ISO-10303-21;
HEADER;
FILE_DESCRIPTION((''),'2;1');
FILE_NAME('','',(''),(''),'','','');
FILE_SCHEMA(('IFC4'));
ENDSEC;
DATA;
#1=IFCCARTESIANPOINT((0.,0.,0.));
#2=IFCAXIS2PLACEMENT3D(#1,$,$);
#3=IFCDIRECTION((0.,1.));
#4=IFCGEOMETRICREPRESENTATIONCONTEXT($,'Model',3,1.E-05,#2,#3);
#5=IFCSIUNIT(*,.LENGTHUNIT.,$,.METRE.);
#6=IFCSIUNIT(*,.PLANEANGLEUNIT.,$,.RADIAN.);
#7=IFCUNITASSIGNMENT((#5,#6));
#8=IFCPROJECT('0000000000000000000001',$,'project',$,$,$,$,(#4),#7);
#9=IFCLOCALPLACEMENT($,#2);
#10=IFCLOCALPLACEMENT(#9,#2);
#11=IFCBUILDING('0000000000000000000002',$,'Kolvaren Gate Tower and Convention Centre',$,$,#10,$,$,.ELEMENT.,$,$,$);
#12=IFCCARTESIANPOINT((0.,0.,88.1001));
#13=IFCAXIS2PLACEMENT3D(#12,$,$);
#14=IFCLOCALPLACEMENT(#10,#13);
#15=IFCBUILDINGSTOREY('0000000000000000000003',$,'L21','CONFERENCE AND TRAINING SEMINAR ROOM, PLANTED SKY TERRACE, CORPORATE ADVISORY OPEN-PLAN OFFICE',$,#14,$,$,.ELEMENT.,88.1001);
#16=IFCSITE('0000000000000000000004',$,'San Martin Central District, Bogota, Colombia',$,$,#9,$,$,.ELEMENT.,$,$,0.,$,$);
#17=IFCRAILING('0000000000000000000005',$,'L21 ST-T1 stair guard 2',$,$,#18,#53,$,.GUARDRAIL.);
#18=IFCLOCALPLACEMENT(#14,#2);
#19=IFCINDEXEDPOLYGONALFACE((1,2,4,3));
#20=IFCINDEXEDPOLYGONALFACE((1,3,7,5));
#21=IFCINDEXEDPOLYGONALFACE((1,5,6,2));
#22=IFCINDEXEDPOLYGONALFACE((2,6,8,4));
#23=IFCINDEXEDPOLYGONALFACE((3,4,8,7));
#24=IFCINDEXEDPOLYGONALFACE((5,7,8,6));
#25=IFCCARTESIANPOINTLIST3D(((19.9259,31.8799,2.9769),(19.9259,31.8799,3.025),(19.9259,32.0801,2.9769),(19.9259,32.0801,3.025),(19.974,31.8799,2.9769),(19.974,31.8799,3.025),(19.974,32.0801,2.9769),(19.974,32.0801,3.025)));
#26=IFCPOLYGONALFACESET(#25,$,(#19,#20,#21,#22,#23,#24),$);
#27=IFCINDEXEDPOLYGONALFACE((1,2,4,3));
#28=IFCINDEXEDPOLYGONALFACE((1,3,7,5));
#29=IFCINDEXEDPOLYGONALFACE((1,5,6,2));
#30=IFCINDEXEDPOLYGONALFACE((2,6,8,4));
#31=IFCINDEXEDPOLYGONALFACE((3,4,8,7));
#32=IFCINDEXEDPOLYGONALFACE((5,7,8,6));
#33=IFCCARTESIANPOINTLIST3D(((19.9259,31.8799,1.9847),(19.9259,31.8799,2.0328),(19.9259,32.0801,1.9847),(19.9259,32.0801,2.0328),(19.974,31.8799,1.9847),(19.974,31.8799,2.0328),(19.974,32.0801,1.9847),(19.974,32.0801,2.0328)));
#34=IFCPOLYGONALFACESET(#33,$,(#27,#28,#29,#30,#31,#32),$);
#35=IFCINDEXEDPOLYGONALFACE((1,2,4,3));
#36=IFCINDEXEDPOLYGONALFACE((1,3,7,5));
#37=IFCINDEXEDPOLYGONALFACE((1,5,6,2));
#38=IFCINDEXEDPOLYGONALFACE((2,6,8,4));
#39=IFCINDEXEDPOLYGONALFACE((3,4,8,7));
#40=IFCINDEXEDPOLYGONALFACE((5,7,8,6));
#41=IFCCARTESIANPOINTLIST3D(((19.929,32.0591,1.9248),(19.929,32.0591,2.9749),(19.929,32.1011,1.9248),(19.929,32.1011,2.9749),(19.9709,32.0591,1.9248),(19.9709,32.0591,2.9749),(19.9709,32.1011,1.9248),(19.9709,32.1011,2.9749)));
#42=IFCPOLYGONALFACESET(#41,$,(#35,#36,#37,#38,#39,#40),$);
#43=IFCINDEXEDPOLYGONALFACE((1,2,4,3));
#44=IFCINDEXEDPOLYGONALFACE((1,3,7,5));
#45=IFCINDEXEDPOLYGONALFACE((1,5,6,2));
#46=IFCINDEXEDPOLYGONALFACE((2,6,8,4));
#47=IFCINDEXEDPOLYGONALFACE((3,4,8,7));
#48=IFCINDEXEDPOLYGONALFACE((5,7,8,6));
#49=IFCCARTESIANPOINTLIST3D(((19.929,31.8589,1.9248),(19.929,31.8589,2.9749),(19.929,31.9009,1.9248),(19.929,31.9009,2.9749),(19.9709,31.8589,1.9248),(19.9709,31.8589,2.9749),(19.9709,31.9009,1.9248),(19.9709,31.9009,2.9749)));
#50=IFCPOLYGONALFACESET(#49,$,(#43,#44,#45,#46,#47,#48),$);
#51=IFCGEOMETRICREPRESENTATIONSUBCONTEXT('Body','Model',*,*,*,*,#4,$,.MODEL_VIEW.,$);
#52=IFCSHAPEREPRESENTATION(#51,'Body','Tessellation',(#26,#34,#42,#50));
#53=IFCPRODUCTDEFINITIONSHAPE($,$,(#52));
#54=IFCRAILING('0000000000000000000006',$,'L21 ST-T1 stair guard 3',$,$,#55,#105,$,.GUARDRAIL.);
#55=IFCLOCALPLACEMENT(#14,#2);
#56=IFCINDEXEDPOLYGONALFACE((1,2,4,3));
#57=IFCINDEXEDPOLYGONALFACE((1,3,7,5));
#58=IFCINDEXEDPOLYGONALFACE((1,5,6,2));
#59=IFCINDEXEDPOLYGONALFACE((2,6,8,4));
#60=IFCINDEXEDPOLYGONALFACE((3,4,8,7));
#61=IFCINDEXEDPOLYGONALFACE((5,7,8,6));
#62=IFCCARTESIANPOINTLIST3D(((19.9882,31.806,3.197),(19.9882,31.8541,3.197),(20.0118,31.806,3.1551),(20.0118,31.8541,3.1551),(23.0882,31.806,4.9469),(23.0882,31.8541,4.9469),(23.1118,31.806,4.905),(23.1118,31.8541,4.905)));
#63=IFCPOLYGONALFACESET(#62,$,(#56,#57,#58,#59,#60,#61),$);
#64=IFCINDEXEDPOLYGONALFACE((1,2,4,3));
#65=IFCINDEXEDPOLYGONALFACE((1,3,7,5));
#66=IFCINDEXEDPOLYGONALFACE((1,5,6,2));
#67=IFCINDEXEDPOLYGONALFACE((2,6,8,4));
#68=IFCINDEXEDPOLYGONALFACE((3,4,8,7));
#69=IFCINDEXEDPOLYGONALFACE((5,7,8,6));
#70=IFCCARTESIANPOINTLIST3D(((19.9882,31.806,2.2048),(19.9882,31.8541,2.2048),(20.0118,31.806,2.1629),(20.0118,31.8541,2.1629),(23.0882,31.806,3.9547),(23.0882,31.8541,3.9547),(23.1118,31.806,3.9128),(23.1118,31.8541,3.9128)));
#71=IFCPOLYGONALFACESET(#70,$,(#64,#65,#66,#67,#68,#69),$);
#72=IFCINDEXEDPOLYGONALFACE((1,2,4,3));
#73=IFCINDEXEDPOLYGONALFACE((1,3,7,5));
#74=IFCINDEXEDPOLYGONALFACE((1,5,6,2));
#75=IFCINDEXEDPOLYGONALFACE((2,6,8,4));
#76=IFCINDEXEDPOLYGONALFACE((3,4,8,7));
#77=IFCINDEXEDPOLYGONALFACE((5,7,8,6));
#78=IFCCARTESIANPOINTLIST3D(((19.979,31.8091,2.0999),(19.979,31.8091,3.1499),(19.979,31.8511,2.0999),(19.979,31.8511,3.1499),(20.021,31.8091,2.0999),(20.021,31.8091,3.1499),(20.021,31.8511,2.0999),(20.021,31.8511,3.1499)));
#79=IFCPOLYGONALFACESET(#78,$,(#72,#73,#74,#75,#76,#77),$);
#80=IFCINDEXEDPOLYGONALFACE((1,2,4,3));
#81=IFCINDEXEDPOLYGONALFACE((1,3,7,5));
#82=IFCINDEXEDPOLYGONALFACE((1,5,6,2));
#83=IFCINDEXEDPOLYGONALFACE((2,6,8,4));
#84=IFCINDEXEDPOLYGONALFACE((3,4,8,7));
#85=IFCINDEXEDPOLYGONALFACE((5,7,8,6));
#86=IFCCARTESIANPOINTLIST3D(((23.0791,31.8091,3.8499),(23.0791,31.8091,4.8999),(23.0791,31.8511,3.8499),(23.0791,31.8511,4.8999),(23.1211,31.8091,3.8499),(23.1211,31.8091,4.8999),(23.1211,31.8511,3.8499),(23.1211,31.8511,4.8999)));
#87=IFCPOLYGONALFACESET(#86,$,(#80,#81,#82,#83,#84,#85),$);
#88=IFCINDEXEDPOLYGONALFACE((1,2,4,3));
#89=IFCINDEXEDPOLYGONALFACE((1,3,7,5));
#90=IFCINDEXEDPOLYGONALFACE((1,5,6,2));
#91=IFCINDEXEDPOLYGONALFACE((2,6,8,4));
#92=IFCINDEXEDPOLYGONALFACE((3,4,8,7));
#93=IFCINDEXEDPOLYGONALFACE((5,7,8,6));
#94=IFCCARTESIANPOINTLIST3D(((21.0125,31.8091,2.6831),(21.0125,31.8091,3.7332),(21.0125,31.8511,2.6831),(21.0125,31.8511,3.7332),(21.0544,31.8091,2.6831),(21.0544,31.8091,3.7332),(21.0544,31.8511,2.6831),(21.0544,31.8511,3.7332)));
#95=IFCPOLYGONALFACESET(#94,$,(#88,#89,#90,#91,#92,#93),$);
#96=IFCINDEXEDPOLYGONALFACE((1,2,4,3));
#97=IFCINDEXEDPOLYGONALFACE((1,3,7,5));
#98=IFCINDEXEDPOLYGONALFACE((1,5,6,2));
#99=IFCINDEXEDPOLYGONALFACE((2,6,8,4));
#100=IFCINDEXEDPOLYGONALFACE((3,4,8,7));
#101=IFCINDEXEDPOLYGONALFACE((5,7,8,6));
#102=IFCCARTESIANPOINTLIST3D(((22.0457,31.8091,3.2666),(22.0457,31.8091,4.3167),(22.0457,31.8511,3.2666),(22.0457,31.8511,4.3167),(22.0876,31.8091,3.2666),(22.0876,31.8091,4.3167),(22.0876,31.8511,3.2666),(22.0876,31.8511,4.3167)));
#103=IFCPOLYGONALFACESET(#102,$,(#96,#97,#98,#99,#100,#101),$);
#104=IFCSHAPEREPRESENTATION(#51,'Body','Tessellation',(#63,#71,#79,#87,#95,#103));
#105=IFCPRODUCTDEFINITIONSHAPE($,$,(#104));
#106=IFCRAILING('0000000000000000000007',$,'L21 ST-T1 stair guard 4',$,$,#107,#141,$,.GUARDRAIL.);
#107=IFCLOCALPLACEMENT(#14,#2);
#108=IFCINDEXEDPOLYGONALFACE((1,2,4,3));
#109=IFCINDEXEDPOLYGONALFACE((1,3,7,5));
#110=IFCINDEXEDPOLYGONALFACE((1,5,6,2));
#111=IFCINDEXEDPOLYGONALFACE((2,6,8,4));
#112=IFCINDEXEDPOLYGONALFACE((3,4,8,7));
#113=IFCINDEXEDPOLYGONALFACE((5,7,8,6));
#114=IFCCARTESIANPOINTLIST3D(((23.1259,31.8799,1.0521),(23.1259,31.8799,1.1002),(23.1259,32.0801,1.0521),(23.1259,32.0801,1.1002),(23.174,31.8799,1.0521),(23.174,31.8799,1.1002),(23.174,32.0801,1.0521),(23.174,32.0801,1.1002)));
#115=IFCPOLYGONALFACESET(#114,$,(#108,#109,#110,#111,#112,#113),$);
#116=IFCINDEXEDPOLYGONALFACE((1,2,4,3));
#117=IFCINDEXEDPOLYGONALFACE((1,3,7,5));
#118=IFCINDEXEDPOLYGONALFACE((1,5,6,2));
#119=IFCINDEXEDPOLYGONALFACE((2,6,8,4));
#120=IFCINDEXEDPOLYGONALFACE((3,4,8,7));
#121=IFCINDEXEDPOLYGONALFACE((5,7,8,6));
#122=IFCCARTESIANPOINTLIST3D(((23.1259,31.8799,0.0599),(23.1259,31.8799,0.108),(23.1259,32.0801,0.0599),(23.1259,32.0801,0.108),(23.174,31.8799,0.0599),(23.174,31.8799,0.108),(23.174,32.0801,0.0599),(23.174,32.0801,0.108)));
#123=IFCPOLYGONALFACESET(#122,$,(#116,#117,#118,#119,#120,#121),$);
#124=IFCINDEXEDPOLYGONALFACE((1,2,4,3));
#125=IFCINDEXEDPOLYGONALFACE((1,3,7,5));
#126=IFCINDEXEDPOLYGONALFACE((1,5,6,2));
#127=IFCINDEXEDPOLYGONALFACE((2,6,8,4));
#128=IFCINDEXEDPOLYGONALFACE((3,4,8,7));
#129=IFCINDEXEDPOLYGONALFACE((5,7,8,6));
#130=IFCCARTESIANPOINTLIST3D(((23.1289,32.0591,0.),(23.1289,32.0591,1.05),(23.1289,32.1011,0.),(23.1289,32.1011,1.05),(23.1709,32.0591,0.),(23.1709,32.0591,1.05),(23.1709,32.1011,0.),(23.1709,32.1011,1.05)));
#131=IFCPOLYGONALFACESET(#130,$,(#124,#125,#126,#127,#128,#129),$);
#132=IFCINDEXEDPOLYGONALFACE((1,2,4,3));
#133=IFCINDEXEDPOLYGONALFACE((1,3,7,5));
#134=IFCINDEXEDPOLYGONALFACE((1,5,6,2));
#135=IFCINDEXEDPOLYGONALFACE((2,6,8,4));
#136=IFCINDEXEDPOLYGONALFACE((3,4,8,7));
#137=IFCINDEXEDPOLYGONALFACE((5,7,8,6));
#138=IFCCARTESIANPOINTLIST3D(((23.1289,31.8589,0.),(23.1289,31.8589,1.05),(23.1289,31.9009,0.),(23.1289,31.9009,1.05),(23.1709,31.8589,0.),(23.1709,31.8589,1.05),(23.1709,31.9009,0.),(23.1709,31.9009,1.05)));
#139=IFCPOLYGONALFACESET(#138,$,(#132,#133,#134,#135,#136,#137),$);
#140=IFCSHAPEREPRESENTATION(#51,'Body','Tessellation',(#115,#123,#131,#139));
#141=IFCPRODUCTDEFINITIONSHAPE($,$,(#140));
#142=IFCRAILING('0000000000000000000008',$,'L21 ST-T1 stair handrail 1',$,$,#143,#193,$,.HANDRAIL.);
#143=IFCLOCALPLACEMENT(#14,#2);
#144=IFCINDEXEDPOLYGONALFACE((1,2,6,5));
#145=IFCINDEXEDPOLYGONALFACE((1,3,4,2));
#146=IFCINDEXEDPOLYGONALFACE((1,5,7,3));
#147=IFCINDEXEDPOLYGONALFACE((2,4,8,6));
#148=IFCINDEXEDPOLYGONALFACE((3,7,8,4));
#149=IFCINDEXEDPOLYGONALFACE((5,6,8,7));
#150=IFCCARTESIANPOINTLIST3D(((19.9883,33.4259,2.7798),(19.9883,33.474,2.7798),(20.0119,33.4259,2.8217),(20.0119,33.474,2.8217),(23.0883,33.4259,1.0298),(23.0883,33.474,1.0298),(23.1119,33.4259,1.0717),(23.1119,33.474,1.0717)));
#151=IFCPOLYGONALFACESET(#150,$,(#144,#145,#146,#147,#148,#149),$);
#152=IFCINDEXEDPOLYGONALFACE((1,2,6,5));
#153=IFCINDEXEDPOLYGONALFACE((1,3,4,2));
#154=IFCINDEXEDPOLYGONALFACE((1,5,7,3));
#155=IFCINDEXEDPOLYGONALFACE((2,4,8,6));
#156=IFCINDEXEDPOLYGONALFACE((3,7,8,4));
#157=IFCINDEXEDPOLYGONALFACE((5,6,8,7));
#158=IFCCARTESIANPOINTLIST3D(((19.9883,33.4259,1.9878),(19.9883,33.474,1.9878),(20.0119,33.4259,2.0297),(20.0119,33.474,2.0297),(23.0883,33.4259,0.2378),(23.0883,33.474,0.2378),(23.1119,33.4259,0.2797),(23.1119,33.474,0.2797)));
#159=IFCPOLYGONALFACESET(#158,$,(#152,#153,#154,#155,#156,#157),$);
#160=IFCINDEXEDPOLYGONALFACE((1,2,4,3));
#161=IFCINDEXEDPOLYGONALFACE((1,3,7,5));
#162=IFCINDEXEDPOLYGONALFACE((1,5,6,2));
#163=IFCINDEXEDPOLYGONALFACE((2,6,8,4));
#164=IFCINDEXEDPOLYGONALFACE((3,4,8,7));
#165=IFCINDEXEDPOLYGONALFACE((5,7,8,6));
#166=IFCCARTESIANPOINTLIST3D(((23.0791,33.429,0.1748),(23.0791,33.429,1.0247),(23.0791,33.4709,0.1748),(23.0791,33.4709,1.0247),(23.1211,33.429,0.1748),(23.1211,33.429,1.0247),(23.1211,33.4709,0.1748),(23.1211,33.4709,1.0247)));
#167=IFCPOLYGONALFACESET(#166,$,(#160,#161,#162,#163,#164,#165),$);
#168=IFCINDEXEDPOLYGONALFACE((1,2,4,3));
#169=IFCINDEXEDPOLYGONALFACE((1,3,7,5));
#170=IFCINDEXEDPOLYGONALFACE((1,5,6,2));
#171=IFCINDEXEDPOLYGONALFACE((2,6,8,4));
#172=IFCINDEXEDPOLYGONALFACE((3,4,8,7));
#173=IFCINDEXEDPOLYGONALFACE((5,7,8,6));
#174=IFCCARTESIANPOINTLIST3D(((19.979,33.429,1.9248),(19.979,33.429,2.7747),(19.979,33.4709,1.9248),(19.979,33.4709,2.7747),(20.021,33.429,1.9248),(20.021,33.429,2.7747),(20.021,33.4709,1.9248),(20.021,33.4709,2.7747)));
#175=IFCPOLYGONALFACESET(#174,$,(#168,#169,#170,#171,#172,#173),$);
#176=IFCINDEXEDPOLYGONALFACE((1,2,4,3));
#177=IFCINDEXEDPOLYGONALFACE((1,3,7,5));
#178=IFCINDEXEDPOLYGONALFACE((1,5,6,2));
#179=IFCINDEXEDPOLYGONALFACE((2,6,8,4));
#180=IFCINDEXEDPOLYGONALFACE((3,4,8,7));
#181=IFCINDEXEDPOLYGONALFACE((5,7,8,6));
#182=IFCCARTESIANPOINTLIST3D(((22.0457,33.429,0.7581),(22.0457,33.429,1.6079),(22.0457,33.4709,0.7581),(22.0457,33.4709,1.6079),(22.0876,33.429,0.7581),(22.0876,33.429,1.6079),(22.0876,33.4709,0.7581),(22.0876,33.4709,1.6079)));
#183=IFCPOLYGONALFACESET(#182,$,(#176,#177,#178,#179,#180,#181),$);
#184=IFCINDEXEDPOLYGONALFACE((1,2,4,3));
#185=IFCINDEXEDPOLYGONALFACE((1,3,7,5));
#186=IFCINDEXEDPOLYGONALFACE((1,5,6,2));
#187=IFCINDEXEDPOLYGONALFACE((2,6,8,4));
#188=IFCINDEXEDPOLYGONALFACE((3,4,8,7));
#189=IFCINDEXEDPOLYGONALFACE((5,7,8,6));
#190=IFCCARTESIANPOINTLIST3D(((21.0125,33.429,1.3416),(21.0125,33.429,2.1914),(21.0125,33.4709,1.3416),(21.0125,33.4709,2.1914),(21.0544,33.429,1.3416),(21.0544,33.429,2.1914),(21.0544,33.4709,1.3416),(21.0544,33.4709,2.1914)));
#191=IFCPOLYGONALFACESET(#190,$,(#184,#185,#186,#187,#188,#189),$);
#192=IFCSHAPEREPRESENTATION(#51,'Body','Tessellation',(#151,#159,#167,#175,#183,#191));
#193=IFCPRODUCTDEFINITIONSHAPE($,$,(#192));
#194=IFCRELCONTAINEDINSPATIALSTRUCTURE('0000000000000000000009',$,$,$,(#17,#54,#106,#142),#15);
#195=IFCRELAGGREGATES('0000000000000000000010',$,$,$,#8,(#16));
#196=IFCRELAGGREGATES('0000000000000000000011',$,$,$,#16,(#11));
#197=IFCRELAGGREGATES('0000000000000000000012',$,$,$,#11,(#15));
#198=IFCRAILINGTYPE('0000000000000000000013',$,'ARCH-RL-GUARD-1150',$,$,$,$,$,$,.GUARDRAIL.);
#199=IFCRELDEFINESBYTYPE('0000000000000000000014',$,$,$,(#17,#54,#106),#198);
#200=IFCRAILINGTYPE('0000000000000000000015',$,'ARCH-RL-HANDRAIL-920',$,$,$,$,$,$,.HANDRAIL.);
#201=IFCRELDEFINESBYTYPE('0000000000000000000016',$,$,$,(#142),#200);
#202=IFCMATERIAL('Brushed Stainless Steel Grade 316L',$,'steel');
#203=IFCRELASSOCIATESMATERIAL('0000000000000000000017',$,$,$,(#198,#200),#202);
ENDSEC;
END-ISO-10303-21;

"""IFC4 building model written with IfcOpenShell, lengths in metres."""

from ifc_helpers import new_model, si_unit, direction, frame, origin, origin_2d, place, context, subcontext, project, spatial, rectangle, extrude, material, type_object, element, save


model = new_model("IFC4")

# Units and contexts
model_context = context("Model", 3, precision=1e-05, world=origin(), true_north=direction((0.0, 1.0)))
body_context = subcontext(model_context, "Body", "Model", "MODEL_VIEW")
ifc_project = project(units=[si_unit("LENGTHUNIT", "METRE"), si_unit("PLANEANGLEUNIT", "RADIAN")], contexts=[model_context])

# Site, building, storey
site_placement = place(None, origin())
site = spatial("IfcSite", under=ifc_project, at=site_placement, Name="San Martin Central District, Bogota, Colombia", CompositionType="ELEMENT", RefElevation=0.0)
building_placement = place(site_placement, origin())
building = spatial("IfcBuilding", under=site, at=building_placement, Name="Kolvaren Gate Tower and Convention Centre", CompositionType="ELEMENT")
storey_placement = place(building_placement, frame((0.0, 0.0, 88.1001)))
storey = spatial("IfcBuildingStorey", under=building, at=storey_placement, Name="L21", Description="CONFERENCE AND TRAINING SEMINAR ROOM, PLANTED SKY TERRACE, CORPORATE ADVISORY OPEN-PLAN OFFICE", CompositionType="ELEMENT", Elevation=88.1001)

# Shared definitions
ifc_material_1 = material(Name="Brushed Stainless Steel Grade 316L", Category="steel")

# Railings
railing_type_1 = type_object("IfcRailingType", Name="ARCH-RL-GUARD-1150", PredefinedType="GUARDRAIL", material=ifc_material_1)
railing_1_placement = place(storey_placement, frame((19.95, 32.0801, 1.9248)))
element("IfcRailing", 1, at=railing_1_placement, inside=storey, type_object=railing_type_1, Name="L21 ST-T1 stair guard 2", PredefinedType="GUARDRAIL", context=body_context, shape_type="SweptSolid", body=[
    extrude(rectangle(XDim=0.0481, YDim=0.0481, at=origin_2d()), frame((0.0, 0.0, 1.0762), z_axis=(0.0, -1.0, 0.0), x_axis=(1.0, 0.0, 0.0)), (0.0, 0.0, 1.0), 0.2002),
    extrude(rectangle(XDim=0.0481, YDim=0.0481, at=origin_2d()), frame((0.0, 0.0, 0.084), z_axis=(0.0, -1.0, 0.0), x_axis=(1.0, 0.0, 0.0)), (0.0, 0.0, 1.0), 0.2002),
    extrude(rectangle(XDim=0.042, YDim=0.042, at=origin_2d()), origin(), (0.0, 0.0, 1.0), 1.05),
    extrude(rectangle(XDim=0.042, YDim=0.042, at=origin_2d()), frame((0.0, -0.2002, 0.0)), (0.0, 0.0, 1.0), 1.05),
])
railing_2_placement = place(storey_placement, frame((20.0, 31.8301, 2.0999)))
element("IfcRailing", 2, at=railing_2_placement, inside=storey, type_object=railing_type_1, Name="L21 ST-T1 stair guard 3", PredefinedType="GUARDRAIL", context=body_context, shape_type="SweptSolid", body=[
    extrude(rectangle(XDim=0.0481, YDim=0.0481, at=origin_2d()), frame((0.0, 0.0, 1.0762), z_axis=(0.870831, 0.0, 0.491583), x_axis=(0.0, 1.0, 0.0)), (0.0, 0.0, 1.0), 3.5598),
    extrude(rectangle(XDim=0.0481, YDim=0.0481, at=origin_2d()), frame((0.0, 0.0, 0.084), z_axis=(0.870831, 0.0, 0.491583), x_axis=(0.0, 1.0, 0.0)), (0.0, 0.0, 1.0), 3.5598),
    extrude(rectangle(XDim=0.042, YDim=0.042, at=origin_2d()), origin(), (0.0, 0.0, 1.0), 1.05),
    extrude(rectangle(XDim=0.042, YDim=0.042, at=origin_2d()), frame((3.1001, 0.0, 1.75)), (0.0, 0.0, 1.0), 1.05),
    extrude(rectangle(XDim=0.042, YDim=0.042, at=origin_2d()), frame((1.0334, 0.0, 0.5833)), (0.0, 0.0, 1.0), 1.05),
    extrude(rectangle(XDim=0.042, YDim=0.042, at=origin_2d()), frame((2.0667, 0.0, 1.1667)), (0.0, 0.0, 1.0), 1.05),
])
railing_3_placement = place(storey_placement, frame((23.1499, 32.0801, 0.0)))
element("IfcRailing", 3, at=railing_3_placement, inside=storey, type_object=railing_type_1, Name="L21 ST-T1 stair guard 4", PredefinedType="GUARDRAIL", context=body_context, shape_type="SweptSolid", body=[
    extrude(rectangle(XDim=0.0481, YDim=0.0481, at=origin_2d()), frame((0.0, 0.0, 1.0762), z_axis=(0.0, -1.0, 0.0), x_axis=(1.0, 0.0, 0.0)), (0.0, 0.0, 1.0), 0.2002),
    extrude(rectangle(XDim=0.0481, YDim=0.0481, at=origin_2d()), frame((0.0, 0.0, 0.084), z_axis=(0.0, -1.0, 0.0), x_axis=(1.0, 0.0, 0.0)), (0.0, 0.0, 1.0), 0.2002),
    extrude(rectangle(XDim=0.042, YDim=0.042, at=origin_2d()), origin(), (0.0, 0.0, 1.0), 1.05),
    extrude(rectangle(XDim=0.042, YDim=0.042, at=origin_2d()), frame((0.0, -0.2002, 0.0)), (0.0, 0.0, 1.0), 1.05),
])
railing_type_2 = type_object("IfcRailingType", Name="ARCH-RL-HANDRAIL-920", PredefinedType="HANDRAIL", material=ifc_material_1)
railing_4_placement = place(storey_placement, frame((23.1001, 33.45, 0.1748)))
element("IfcRailing", 4, at=railing_4_placement, inside=storey, type_object=railing_type_2, Name="L21 ST-T1 stair handrail 1", PredefinedType="HANDRAIL", context=body_context, shape_type="SweptSolid", body=[
    extrude(rectangle(XDim=0.0481, YDim=0.0481, at=origin_2d()), frame((0.0, 0.0, 0.876), z_axis=(-0.870831, 0.0, 0.491583), x_axis=(0.0, -1.0, 0.0)), (0.0, 0.0, 1.0), 3.5598),
    extrude(rectangle(XDim=0.0481, YDim=0.0481, at=origin_2d()), frame((0.0, 0.0, 0.084), z_axis=(-0.870831, 0.0, 0.491583), x_axis=(0.0, -1.0, 0.0)), (0.0, 0.0, 1.0), 3.5598),
    extrude(rectangle(XDim=0.042, YDim=0.042, at=origin_2d()), origin(), (0.0, 0.0, 1.0), 0.8499),
    extrude(rectangle(XDim=0.042, YDim=0.042, at=origin_2d()), frame((-3.1001, 0.0, 1.75)), (0.0, 0.0, 1.0), 0.8499),
    extrude(rectangle(XDim=0.042, YDim=0.042, at=origin_2d()), frame((-1.0334, 0.0, 0.5833)), (0.0, 0.0, 1.0), 0.8499),
    extrude(rectangle(XDim=0.042, YDim=0.042, at=origin_2d()), frame((-2.0667, 0.0, 1.1667)), (0.0, 0.0, 1.0), 0.8499),
])

save(model, "model.ifc")
